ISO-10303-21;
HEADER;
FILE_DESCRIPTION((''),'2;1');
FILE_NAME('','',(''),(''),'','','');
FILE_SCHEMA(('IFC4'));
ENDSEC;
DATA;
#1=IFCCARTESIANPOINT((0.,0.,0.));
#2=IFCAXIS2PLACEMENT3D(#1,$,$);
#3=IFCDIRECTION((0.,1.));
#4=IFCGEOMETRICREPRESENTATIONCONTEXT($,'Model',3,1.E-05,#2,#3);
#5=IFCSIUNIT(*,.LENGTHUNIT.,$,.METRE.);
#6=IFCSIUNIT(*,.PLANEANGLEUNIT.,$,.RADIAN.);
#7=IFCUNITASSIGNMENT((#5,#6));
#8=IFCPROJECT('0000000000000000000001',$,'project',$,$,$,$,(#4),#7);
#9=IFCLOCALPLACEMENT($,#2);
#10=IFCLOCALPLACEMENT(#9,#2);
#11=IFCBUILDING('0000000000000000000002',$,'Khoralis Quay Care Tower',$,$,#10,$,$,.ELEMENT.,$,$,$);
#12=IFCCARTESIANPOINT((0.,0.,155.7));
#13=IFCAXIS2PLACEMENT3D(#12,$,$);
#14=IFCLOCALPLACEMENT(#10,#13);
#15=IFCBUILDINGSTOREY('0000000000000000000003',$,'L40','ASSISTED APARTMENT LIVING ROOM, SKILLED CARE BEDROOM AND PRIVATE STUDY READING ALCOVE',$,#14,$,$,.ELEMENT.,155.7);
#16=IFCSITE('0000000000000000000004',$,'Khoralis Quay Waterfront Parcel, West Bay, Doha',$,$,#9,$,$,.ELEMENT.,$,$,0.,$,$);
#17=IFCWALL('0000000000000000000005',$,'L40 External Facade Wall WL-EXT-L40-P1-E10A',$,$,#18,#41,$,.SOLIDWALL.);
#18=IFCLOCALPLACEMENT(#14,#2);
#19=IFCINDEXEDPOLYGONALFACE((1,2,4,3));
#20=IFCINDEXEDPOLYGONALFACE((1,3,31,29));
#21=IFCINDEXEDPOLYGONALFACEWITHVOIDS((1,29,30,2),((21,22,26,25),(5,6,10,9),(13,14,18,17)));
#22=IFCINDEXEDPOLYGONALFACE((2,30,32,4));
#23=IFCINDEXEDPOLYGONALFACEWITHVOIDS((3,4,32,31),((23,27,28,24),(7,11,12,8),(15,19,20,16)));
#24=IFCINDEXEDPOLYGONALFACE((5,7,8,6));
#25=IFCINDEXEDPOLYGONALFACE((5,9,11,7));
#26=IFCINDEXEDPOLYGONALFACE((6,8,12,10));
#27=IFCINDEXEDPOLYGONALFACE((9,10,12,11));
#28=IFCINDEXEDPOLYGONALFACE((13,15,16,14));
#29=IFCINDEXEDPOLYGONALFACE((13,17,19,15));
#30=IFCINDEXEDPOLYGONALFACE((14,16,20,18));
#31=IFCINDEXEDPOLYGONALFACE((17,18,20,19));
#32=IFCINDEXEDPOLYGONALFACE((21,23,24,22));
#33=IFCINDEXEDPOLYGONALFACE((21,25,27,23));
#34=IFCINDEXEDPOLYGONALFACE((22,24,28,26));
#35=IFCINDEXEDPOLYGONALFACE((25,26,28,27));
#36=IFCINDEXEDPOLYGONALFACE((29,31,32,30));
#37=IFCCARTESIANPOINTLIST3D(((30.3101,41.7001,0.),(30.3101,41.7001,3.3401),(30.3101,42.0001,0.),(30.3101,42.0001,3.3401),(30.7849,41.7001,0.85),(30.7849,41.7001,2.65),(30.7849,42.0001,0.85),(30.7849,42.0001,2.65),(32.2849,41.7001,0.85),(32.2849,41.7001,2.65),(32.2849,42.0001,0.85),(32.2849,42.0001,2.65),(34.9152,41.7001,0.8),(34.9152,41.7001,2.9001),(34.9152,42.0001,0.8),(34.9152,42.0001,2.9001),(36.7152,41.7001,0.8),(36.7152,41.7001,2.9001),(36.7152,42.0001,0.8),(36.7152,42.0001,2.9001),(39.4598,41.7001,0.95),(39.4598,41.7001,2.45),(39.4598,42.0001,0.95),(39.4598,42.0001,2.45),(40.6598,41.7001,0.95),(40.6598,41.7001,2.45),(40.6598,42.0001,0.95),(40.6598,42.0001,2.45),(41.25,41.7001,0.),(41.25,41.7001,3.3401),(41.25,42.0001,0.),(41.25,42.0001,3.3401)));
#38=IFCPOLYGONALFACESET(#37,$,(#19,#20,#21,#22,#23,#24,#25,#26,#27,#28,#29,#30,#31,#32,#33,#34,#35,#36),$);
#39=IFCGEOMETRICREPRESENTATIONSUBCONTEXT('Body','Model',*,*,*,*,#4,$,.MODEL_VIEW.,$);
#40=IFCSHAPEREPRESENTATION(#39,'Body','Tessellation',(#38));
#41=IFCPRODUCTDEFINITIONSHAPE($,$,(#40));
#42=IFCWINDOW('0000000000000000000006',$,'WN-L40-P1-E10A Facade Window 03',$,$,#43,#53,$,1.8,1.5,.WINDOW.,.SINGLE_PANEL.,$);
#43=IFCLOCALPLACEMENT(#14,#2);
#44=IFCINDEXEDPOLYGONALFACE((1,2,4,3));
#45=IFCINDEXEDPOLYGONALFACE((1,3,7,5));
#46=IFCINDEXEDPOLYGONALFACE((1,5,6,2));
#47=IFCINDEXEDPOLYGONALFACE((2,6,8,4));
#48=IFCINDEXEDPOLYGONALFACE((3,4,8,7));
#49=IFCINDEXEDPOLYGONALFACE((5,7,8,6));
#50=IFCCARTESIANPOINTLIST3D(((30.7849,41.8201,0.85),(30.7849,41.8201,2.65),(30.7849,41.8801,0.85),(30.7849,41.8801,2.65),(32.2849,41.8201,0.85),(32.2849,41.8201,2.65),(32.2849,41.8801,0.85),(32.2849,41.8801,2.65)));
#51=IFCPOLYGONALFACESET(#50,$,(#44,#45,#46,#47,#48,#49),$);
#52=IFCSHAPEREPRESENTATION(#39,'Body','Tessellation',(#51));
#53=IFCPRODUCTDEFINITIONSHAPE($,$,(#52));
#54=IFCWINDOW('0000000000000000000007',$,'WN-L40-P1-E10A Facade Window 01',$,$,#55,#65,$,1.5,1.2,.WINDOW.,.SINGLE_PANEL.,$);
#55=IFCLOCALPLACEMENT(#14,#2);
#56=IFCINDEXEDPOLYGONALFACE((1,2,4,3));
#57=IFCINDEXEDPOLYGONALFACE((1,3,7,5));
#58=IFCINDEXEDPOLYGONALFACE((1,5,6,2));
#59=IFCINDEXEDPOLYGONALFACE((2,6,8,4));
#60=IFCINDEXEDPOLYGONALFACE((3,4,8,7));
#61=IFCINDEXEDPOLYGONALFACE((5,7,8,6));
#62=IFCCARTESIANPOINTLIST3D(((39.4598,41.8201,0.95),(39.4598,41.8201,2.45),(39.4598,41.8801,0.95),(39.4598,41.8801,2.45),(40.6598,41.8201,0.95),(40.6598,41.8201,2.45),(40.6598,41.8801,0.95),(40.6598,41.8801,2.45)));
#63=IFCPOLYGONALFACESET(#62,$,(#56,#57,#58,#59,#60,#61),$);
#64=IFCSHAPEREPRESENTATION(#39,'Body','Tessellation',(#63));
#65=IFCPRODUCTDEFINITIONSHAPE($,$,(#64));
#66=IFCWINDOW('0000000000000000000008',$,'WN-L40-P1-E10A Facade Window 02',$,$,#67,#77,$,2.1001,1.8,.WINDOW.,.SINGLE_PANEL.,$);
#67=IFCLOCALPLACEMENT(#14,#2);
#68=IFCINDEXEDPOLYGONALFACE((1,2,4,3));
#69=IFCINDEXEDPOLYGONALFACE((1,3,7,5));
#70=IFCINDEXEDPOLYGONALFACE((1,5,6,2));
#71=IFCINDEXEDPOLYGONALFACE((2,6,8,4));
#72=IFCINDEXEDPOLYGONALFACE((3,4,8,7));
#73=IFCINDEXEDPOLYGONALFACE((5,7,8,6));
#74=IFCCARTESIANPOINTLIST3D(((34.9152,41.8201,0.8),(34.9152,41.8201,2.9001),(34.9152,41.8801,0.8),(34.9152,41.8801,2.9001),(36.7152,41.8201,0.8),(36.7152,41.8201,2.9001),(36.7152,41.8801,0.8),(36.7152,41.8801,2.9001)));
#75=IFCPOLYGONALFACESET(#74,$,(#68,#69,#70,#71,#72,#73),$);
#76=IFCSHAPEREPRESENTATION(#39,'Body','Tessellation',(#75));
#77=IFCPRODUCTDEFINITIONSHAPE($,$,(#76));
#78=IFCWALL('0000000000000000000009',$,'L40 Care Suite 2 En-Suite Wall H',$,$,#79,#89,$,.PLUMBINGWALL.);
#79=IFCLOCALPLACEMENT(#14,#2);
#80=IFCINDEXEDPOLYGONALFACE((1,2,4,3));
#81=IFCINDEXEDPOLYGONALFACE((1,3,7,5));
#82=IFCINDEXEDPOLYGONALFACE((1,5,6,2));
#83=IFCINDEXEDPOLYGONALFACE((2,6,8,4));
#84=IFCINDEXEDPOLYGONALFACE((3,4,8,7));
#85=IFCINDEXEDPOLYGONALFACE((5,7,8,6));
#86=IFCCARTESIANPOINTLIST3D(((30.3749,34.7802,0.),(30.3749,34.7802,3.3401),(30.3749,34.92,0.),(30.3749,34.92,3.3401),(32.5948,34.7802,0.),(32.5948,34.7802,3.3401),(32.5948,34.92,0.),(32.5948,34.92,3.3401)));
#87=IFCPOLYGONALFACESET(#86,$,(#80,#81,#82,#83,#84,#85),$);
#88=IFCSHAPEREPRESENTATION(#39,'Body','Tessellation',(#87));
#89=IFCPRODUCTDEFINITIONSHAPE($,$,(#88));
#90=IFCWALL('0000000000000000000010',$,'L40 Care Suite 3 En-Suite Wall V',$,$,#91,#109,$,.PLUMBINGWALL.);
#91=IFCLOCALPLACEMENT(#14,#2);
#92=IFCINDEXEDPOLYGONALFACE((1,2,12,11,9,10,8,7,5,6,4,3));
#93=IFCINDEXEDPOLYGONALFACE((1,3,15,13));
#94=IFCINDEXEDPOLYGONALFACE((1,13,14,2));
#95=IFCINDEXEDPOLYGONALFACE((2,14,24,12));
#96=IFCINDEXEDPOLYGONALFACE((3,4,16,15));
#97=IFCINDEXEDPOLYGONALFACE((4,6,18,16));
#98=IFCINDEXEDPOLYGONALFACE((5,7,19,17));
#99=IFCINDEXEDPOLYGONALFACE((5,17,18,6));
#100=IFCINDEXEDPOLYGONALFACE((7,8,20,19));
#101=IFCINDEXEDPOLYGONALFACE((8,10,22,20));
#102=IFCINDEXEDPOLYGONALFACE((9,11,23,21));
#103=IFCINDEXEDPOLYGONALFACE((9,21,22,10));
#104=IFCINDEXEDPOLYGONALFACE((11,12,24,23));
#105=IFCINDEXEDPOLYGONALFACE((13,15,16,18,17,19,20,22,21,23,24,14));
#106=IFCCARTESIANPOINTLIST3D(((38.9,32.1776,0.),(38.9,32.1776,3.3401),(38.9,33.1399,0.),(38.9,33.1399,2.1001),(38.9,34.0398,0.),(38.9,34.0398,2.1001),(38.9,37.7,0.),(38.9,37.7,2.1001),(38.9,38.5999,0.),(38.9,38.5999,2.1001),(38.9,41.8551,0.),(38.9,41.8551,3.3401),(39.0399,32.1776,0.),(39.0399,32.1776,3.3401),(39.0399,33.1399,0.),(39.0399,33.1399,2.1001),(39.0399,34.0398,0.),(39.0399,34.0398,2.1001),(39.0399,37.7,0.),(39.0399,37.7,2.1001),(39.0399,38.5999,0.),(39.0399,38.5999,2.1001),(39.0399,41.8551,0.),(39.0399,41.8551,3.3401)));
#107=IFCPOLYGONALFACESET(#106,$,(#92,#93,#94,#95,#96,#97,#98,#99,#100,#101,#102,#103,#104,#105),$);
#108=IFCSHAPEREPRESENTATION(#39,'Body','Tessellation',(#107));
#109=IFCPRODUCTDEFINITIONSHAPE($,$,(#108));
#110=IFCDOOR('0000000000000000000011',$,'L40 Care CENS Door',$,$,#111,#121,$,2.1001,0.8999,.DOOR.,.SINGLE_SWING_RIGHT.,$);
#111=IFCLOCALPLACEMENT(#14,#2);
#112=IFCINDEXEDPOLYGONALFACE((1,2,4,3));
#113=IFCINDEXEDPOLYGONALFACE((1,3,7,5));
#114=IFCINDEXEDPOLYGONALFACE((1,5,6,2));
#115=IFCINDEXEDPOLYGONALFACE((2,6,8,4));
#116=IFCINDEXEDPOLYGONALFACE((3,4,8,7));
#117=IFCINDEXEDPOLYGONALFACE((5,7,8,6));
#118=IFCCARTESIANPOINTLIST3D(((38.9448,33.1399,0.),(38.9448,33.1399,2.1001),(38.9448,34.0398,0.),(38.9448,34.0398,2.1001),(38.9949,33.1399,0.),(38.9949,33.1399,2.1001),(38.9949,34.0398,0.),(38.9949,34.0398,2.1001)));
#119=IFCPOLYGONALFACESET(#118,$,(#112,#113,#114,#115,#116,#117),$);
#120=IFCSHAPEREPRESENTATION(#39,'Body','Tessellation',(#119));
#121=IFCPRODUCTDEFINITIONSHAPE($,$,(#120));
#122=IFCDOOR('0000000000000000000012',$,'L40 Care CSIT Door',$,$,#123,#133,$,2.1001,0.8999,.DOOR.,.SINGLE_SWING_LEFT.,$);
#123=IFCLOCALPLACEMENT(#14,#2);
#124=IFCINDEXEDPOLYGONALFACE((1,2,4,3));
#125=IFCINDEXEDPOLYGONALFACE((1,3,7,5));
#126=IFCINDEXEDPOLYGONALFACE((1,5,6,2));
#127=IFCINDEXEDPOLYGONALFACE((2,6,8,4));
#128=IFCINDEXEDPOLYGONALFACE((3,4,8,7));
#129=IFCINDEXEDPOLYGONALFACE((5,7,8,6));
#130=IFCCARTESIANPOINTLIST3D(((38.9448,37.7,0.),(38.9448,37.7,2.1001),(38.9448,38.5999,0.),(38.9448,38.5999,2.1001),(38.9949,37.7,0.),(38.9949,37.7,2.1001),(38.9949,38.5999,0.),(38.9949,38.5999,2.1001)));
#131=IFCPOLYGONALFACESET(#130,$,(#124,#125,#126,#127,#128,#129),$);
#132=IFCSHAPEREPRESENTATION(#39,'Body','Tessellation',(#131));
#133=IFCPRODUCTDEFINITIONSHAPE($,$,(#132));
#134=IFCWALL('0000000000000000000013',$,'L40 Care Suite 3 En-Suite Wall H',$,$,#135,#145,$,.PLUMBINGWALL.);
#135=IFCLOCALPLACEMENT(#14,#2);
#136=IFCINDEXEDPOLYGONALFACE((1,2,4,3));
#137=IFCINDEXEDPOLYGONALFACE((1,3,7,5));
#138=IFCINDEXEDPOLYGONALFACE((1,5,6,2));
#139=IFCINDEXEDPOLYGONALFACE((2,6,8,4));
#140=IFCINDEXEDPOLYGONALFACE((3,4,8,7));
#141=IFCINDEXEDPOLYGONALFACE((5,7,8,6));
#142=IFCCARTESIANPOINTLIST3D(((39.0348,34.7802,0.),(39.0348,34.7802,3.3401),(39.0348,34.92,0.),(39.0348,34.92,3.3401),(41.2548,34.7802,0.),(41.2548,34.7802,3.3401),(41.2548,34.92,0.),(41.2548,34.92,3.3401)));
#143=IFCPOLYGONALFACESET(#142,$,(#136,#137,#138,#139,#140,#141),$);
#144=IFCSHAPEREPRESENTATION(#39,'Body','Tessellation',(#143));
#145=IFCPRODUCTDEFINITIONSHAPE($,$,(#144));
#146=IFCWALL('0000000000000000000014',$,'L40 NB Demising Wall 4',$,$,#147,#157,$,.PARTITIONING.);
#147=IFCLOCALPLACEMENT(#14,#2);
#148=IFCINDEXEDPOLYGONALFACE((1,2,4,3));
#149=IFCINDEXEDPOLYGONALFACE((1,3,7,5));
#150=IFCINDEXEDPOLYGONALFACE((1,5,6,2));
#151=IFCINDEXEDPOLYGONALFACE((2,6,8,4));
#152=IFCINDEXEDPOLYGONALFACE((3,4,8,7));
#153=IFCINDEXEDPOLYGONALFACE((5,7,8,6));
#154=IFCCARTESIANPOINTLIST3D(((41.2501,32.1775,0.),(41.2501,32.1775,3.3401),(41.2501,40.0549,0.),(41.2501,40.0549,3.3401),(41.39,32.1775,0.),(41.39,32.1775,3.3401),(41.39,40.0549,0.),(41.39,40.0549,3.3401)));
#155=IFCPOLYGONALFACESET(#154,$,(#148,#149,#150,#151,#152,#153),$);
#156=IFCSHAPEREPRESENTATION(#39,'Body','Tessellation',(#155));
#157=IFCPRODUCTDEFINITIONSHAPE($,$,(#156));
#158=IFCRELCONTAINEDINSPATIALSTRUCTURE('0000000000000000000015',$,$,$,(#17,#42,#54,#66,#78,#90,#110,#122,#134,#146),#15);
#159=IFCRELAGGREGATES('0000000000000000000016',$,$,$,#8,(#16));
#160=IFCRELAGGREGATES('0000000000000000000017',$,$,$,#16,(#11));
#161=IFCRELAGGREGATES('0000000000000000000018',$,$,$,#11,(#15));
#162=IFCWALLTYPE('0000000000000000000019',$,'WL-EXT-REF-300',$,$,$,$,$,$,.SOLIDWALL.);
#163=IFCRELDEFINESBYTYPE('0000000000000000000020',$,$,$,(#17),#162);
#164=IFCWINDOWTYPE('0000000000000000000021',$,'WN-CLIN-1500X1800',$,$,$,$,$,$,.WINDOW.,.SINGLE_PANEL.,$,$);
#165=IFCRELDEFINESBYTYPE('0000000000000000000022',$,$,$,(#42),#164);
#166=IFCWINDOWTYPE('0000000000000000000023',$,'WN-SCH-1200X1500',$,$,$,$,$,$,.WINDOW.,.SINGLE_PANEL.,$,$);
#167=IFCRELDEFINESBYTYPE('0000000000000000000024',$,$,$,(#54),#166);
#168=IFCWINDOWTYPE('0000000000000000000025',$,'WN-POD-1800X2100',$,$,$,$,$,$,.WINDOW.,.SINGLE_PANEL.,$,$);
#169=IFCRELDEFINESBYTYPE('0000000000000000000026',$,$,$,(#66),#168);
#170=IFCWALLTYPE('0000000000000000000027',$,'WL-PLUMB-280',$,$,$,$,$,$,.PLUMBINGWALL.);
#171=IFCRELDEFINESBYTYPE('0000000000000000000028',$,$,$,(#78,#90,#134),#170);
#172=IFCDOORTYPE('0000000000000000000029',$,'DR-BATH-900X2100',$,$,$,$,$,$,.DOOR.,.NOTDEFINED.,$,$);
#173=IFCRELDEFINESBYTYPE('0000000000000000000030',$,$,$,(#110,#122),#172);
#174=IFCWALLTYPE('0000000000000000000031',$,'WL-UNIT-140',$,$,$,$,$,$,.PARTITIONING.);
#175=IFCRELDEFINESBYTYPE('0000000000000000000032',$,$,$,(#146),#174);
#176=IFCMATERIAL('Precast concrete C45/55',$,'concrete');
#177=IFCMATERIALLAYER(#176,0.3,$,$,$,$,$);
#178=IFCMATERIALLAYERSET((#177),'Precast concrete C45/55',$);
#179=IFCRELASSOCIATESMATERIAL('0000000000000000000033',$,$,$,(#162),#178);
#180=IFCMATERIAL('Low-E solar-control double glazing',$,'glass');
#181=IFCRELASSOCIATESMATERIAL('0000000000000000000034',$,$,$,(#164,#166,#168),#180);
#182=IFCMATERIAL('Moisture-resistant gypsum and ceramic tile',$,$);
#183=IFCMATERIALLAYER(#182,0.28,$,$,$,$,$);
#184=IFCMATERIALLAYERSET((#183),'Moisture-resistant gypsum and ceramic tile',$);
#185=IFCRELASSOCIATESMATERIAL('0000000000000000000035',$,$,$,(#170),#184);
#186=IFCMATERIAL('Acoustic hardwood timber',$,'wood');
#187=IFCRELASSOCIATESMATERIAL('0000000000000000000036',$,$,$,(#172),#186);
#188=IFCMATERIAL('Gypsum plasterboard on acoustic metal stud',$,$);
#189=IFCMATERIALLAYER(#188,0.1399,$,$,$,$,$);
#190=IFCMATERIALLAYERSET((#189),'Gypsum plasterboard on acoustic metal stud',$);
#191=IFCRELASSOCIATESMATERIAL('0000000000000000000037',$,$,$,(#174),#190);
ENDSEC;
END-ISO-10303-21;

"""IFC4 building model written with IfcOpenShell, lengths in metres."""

from ifc_helpers import new_model, si_unit, direction, frame, frame_2d, origin, place, context, subcontext, project, spatial, rectangle, extrude, source, transform, mapped, material, layer, layer_set, type_object, element, fill, save


model = new_model("IFC4")

# Units and contexts
model_context = context("Model", 3, precision=1e-05, world=origin(), true_north=direction((0.0, 1.0)))
body_context = subcontext(model_context, "Body", "Model", "MODEL_VIEW")
ifc_project = project(units=[si_unit("LENGTHUNIT", "METRE"), si_unit("PLANEANGLEUNIT", "RADIAN")], contexts=[model_context])

# Site, building, storey
site_placement = place(None, origin())
site = spatial("IfcSite", under=ifc_project, at=site_placement, Name="Khoralis Quay Waterfront Parcel, West Bay, Doha", CompositionType="ELEMENT", RefElevation=0.0)
building_placement = place(site_placement, origin())
building = spatial("IfcBuilding", under=site, at=building_placement, Name="Khoralis Quay Care Tower", CompositionType="ELEMENT")
storey_placement = place(building_placement, frame((0.0, 0.0, 155.7)))
storey = spatial("IfcBuildingStorey", under=building, at=storey_placement, Name="L40", Description="ASSISTED APARTMENT LIVING ROOM, SKILLED CARE BEDROOM AND PRIVATE STUDY READING ALCOVE", CompositionType="ELEMENT", Elevation=155.7)

# Shared definitions
ifc_material_1 = material(Name="Precast concrete C45/55", Category="concrete")
ifc_layer_1 = layer(ifc_material_1, 0.3)
ifc_layer_set_1 = layer_set([ifc_layer_1], Name="Precast concrete C45/55")
wall_type_1 = type_object("IfcWallType", Name="WL-EXT-REF-300", PredefinedType="SOLIDWALL", material=ifc_layer_set_1)

# Wall, openings, windows
wall_1_placement = place(storey_placement, frame((41.25, 41.8501, 0.0), z_axis=(0.0, 0.0, 1.0), x_axis=(-1.0, 0.0, 0.0)))
wall_1 = element("IfcWall", 1, at=wall_1_placement, inside=storey, type_object=wall_type_1, Name="L40 External Facade Wall WL-EXT-L40-P1-E10A", PredefinedType="SOLIDWALL", context=body_context, shape_type="SweptSolid", body=[
    extrude(rectangle(XDim=10.9399, YDim=0.3, at=frame_2d((5.47, 0.0))), origin(), (0.0, 0.0, 1.0), 3.3401),
])
opening_1_placement = place(wall_1_placement, frame((0.5901, 0.0, 0.95)))
opening_1 = element("IfcOpeningElement", 2, at=opening_1_placement, cuts=wall_1, PredefinedType="OPENING", context=body_context, shape_type="SweptSolid", body=[
    extrude(rectangle(XDim=1.2, YDim=1.5, at=frame_2d((0.6001, 0.75))), frame((0.0, 0.1602, 0.0), z_axis=(0.0, -1.0, 0.0), x_axis=(1.0, 0.0, 0.0)), (0.0, 0.0, 1.0), 0.3201),
])
opening_2_placement = place(wall_1_placement, frame((4.5349, 0.0, 0.8)))
opening_2 = element("IfcOpeningElement", 3, at=opening_2_placement, cuts=wall_1, PredefinedType="OPENING", context=body_context, shape_type="SweptSolid", body=[
    extrude(rectangle(XDim=1.8, YDim=2.1001, at=frame_2d((0.8999, 1.05))), frame((0.0, 0.1602, 0.0), z_axis=(0.0, -1.0, 0.0), x_axis=(1.0, 0.0, 0.0)), (0.0, 0.0, 1.0), 0.3201),
])
opening_3_placement = place(wall_1_placement, frame((8.9651, 0.0, 0.8501)))
opening_3 = element("IfcOpeningElement", 4, at=opening_3_placement, cuts=wall_1, PredefinedType="OPENING", context=body_context, shape_type="SweptSolid", body=[
    extrude(rectangle(XDim=1.5, YDim=1.8, at=frame_2d((0.75, 0.8999))), frame((0.0, 0.1602, 0.0), z_axis=(0.0, -1.0, 0.0), x_axis=(1.0, 0.0, 0.0)), (0.0, 0.0, 1.0), 0.3201),
])
ifc_material_2 = material(Name="Low-E solar-control double glazing", Category="glass")
window_type_1 = type_object("IfcWindowType", Name="WN-CLIN-1500X1800", PartitioningType="SINGLE_PANEL", PredefinedType="WINDOW", material=ifc_material_2)
shared_shape_1 = source(origin(), body_context, "Body", "SweptSolid", [
    extrude(rectangle(XDim=1.5, YDim=1.8, at=frame_2d((0.75, 0.8999))), frame((0.0, 0.03, 0.0), z_axis=(0.0, -1.0, 0.0), x_axis=(1.0, 0.0, 0.0)), (0.0, 0.0, 1.0), 0.0601),
])
window_1_placement = place(opening_3_placement, origin())
window_1 = element("IfcWindow", 5, at=window_1_placement, inside=storey, type_object=window_type_1, Name="WN-L40-P1-E10A Facade Window 03", OverallHeight=1.8, OverallWidth=1.5, PartitioningType="SINGLE_PANEL", PredefinedType="WINDOW", context=body_context, shape_type="MappedRepresentation", body=[
    mapped(shared_shape_1, transform((0.0, 0.0, 0.0), scale=1.0)),
])
fill(opening_3, window_1)
window_type_2 = type_object("IfcWindowType", Name="WN-SCH-1200X1500", PartitioningType="SINGLE_PANEL", PredefinedType="WINDOW", material=ifc_material_2)
shared_shape_2 = source(origin(), body_context, "Body", "SweptSolid", [
    extrude(rectangle(XDim=1.2, YDim=1.5, at=frame_2d((0.6001, 0.75))), frame((0.0, 0.03, 0.0), z_axis=(0.0, -1.0, 0.0), x_axis=(1.0, 0.0, 0.0)), (0.0, 0.0, 1.0), 0.0601),
])
window_2_placement = place(opening_1_placement, origin())
window_2 = element("IfcWindow", 6, at=window_2_placement, inside=storey, type_object=window_type_2, Name="WN-L40-P1-E10A Facade Window 01", OverallHeight=1.5, OverallWidth=1.2, PartitioningType="SINGLE_PANEL", PredefinedType="WINDOW", context=body_context, shape_type="MappedRepresentation", body=[
    mapped(shared_shape_2, transform((0.0, 0.0, 0.0), scale=1.0)),
])
fill(opening_1, window_2)
window_type_3 = type_object("IfcWindowType", Name="WN-POD-1800X2100", PartitioningType="SINGLE_PANEL", PredefinedType="WINDOW", material=ifc_material_2)
shared_shape_3 = source(origin(), body_context, "Body", "SweptSolid", [
    extrude(rectangle(XDim=1.8, YDim=2.1001, at=frame_2d((0.8999, 1.05))), frame((0.0, 0.03, 0.0), z_axis=(0.0, -1.0, 0.0), x_axis=(1.0, 0.0, 0.0)), (0.0, 0.0, 1.0), 0.0601),
])
window_3_placement = place(opening_2_placement, origin())
window_3 = element("IfcWindow", 7, at=window_3_placement, inside=storey, type_object=window_type_3, Name="WN-L40-P1-E10A Facade Window 02", OverallHeight=2.1001, OverallWidth=1.8, PartitioningType="SINGLE_PANEL", PredefinedType="WINDOW", context=body_context, shape_type="MappedRepresentation", body=[
    mapped(shared_shape_3, transform((0.0, 0.0, 0.0), scale=1.0)),
])
fill(opening_2, window_3)

# Wall
ifc_material_3 = material(Name="Moisture-resistant gypsum and ceramic tile")
ifc_layer_2 = layer(ifc_material_3, 0.28)
ifc_layer_set_2 = layer_set([ifc_layer_2], Name="Moisture-resistant gypsum and ceramic tile")
wall_type_2 = type_object("IfcWallType", Name="WL-PLUMB-280", PredefinedType="PLUMBINGWALL", material=ifc_layer_set_2)
wall_2_placement = place(storey_placement, frame((30.375, 34.8501, 0.0), z_axis=(0.0, 0.0, 1.0), x_axis=(1.0, 0.0, 0.0)))
element("IfcWall", 8, at=wall_2_placement, inside=storey, type_object=wall_type_2, Name="L40 Care Suite 2 En-Suite Wall H", PredefinedType="PLUMBINGWALL", context=body_context, shape_type="SweptSolid", body=[
    extrude(rectangle(XDim=2.22, YDim=0.1399, at=frame_2d((1.1099, 0.0))), origin(), (0.0, 0.0, 1.0), 3.3401),
])

# Wall, openings, doors
wall_3_placement = place(storey_placement, frame((38.97, 32.1775, 0.0), z_axis=(0.0, 0.0, 1.0), x_axis=(0.0, 1.0, 0.0)))
wall_3 = element("IfcWall", 9, at=wall_3_placement, inside=storey, type_object=wall_type_2, Name="L40 Care Suite 3 En-Suite Wall V", PredefinedType="PLUMBINGWALL", context=body_context, shape_type="SweptSolid", body=[
    extrude(rectangle(XDim=9.6775, YDim=0.1399, at=frame_2d((4.8389, 0.0))), origin(), (0.0, 0.0, 1.0), 3.3401),
])
opening_4_placement = place(wall_3_placement, frame((0.9624, 0.0, 0.0)))
opening_4 = element("IfcOpeningElement", 10, at=opening_4_placement, cuts=wall_3, PredefinedType="OPENING", context=body_context, shape_type="SweptSolid", body=[
    extrude(rectangle(XDim=0.8999, YDim=2.1001, at=frame_2d((0.45, 1.05))), frame((0.0, 0.0801, 0.0), z_axis=(0.0, -1.0, 0.0), x_axis=(1.0, 0.0, 0.0)), (0.0, 0.0, 1.0), 0.1599),
])
opening_5_placement = place(wall_3_placement, frame((5.5225, 0.0, 0.0)))
opening_5 = element("IfcOpeningElement", 11, at=opening_5_placement, cuts=wall_3, PredefinedType="OPENING", context=body_context, shape_type="SweptSolid", body=[
    extrude(rectangle(XDim=0.8999, YDim=2.1001, at=frame_2d((0.45, 1.05))), frame((0.0, 0.0801, 0.0), z_axis=(0.0, -1.0, 0.0), x_axis=(1.0, 0.0, 0.0)), (0.0, 0.0, 1.0), 0.1599),
])
ifc_material_4 = material(Name="Acoustic hardwood timber", Category="wood")
door_type = type_object("IfcDoorType", Name="DR-BATH-900X2100", OperationType="NOTDEFINED", PredefinedType="DOOR", material=ifc_material_4)
shared_shape_4 = source(origin(), body_context, "Body", "SweptSolid", [
    extrude(rectangle(XDim=0.8999, YDim=2.1001, at=frame_2d((0.45, 1.05))), frame((0.0, 0.0249, 0.0), z_axis=(0.0, -1.0, 0.0), x_axis=(1.0, 0.0, 0.0)), (0.0, 0.0, 1.0), 0.05),
])
door_1_placement = place(opening_4_placement, frame((0.8999, 0.0, 0.0), z_axis=(0.0, 0.0, 1.0), x_axis=(-1.0, 0.0, 0.0)))
door_1 = element("IfcDoor", 12, at=door_1_placement, inside=storey, type_object=door_type, Name="L40 Care CENS Door", OperationType="SINGLE_SWING_RIGHT", OverallHeight=2.1001, OverallWidth=0.8999, PredefinedType="DOOR", context=body_context, shape_type="MappedRepresentation", body=[
    mapped(shared_shape_4, transform((0.0, 0.0, 0.0), scale=1.0)),
])
fill(opening_4, door_1)
door_2_placement = place(opening_5_placement, frame((0.8999, 0.0, 0.0), z_axis=(0.0, 0.0, 1.0), x_axis=(-1.0, 0.0, 0.0)))
door_2 = element("IfcDoor", 13, at=door_2_placement, inside=storey, type_object=door_type, Name="L40 Care CSIT Door", OperationType="SINGLE_SWING_LEFT", OverallHeight=2.1001, OverallWidth=0.8999, PredefinedType="DOOR", context=body_context, shape_type="MappedRepresentation", body=[
    mapped(shared_shape_4, transform((0.0, 0.0, 0.0), scale=1.0)),
])
fill(opening_5, door_2)

# Walls
wall_4_placement = place(storey_placement, frame((39.0349, 34.8501, 0.0), z_axis=(0.0, 0.0, 1.0), x_axis=(1.0, 0.0, 0.0)))
element("IfcWall", 14, at=wall_4_placement, inside=storey, type_object=wall_type_2, Name="L40 Care Suite 3 En-Suite Wall H", PredefinedType="PLUMBINGWALL", context=body_context, shape_type="SweptSolid", body=[
    extrude(rectangle(XDim=2.22, YDim=0.1399, at=frame_2d((1.1099, 0.0))), origin(), (0.0, 0.0, 1.0), 3.3401),
])
ifc_material_5 = material(Name="Gypsum plasterboard on acoustic metal stud")
ifc_layer_3 = layer(ifc_material_5, 0.1399)
ifc_layer_set_3 = layer_set([ifc_layer_3], Name="Gypsum plasterboard on acoustic metal stud")
wall_type_3 = type_object("IfcWallType", Name="WL-UNIT-140", PredefinedType="PARTITIONING", material=ifc_layer_set_3)
wall_5_placement = place(storey_placement, frame((41.3201, 32.1775, 0.0), z_axis=(0.0, 0.0, 1.0), x_axis=(0.0, 1.0, 0.0)))
element("IfcWall", 15, at=wall_5_placement, inside=storey, type_object=wall_type_3, Name="L40 NB Demising Wall 4", PredefinedType="PARTITIONING", context=body_context, shape_type="SweptSolid", body=[
    extrude(rectangle(XDim=7.8774, YDim=0.1399, at=frame_2d((3.9387, 0.0))), origin(), (0.0, 0.0, 1.0), 3.3401),
])

save(model, "model.ifc")
